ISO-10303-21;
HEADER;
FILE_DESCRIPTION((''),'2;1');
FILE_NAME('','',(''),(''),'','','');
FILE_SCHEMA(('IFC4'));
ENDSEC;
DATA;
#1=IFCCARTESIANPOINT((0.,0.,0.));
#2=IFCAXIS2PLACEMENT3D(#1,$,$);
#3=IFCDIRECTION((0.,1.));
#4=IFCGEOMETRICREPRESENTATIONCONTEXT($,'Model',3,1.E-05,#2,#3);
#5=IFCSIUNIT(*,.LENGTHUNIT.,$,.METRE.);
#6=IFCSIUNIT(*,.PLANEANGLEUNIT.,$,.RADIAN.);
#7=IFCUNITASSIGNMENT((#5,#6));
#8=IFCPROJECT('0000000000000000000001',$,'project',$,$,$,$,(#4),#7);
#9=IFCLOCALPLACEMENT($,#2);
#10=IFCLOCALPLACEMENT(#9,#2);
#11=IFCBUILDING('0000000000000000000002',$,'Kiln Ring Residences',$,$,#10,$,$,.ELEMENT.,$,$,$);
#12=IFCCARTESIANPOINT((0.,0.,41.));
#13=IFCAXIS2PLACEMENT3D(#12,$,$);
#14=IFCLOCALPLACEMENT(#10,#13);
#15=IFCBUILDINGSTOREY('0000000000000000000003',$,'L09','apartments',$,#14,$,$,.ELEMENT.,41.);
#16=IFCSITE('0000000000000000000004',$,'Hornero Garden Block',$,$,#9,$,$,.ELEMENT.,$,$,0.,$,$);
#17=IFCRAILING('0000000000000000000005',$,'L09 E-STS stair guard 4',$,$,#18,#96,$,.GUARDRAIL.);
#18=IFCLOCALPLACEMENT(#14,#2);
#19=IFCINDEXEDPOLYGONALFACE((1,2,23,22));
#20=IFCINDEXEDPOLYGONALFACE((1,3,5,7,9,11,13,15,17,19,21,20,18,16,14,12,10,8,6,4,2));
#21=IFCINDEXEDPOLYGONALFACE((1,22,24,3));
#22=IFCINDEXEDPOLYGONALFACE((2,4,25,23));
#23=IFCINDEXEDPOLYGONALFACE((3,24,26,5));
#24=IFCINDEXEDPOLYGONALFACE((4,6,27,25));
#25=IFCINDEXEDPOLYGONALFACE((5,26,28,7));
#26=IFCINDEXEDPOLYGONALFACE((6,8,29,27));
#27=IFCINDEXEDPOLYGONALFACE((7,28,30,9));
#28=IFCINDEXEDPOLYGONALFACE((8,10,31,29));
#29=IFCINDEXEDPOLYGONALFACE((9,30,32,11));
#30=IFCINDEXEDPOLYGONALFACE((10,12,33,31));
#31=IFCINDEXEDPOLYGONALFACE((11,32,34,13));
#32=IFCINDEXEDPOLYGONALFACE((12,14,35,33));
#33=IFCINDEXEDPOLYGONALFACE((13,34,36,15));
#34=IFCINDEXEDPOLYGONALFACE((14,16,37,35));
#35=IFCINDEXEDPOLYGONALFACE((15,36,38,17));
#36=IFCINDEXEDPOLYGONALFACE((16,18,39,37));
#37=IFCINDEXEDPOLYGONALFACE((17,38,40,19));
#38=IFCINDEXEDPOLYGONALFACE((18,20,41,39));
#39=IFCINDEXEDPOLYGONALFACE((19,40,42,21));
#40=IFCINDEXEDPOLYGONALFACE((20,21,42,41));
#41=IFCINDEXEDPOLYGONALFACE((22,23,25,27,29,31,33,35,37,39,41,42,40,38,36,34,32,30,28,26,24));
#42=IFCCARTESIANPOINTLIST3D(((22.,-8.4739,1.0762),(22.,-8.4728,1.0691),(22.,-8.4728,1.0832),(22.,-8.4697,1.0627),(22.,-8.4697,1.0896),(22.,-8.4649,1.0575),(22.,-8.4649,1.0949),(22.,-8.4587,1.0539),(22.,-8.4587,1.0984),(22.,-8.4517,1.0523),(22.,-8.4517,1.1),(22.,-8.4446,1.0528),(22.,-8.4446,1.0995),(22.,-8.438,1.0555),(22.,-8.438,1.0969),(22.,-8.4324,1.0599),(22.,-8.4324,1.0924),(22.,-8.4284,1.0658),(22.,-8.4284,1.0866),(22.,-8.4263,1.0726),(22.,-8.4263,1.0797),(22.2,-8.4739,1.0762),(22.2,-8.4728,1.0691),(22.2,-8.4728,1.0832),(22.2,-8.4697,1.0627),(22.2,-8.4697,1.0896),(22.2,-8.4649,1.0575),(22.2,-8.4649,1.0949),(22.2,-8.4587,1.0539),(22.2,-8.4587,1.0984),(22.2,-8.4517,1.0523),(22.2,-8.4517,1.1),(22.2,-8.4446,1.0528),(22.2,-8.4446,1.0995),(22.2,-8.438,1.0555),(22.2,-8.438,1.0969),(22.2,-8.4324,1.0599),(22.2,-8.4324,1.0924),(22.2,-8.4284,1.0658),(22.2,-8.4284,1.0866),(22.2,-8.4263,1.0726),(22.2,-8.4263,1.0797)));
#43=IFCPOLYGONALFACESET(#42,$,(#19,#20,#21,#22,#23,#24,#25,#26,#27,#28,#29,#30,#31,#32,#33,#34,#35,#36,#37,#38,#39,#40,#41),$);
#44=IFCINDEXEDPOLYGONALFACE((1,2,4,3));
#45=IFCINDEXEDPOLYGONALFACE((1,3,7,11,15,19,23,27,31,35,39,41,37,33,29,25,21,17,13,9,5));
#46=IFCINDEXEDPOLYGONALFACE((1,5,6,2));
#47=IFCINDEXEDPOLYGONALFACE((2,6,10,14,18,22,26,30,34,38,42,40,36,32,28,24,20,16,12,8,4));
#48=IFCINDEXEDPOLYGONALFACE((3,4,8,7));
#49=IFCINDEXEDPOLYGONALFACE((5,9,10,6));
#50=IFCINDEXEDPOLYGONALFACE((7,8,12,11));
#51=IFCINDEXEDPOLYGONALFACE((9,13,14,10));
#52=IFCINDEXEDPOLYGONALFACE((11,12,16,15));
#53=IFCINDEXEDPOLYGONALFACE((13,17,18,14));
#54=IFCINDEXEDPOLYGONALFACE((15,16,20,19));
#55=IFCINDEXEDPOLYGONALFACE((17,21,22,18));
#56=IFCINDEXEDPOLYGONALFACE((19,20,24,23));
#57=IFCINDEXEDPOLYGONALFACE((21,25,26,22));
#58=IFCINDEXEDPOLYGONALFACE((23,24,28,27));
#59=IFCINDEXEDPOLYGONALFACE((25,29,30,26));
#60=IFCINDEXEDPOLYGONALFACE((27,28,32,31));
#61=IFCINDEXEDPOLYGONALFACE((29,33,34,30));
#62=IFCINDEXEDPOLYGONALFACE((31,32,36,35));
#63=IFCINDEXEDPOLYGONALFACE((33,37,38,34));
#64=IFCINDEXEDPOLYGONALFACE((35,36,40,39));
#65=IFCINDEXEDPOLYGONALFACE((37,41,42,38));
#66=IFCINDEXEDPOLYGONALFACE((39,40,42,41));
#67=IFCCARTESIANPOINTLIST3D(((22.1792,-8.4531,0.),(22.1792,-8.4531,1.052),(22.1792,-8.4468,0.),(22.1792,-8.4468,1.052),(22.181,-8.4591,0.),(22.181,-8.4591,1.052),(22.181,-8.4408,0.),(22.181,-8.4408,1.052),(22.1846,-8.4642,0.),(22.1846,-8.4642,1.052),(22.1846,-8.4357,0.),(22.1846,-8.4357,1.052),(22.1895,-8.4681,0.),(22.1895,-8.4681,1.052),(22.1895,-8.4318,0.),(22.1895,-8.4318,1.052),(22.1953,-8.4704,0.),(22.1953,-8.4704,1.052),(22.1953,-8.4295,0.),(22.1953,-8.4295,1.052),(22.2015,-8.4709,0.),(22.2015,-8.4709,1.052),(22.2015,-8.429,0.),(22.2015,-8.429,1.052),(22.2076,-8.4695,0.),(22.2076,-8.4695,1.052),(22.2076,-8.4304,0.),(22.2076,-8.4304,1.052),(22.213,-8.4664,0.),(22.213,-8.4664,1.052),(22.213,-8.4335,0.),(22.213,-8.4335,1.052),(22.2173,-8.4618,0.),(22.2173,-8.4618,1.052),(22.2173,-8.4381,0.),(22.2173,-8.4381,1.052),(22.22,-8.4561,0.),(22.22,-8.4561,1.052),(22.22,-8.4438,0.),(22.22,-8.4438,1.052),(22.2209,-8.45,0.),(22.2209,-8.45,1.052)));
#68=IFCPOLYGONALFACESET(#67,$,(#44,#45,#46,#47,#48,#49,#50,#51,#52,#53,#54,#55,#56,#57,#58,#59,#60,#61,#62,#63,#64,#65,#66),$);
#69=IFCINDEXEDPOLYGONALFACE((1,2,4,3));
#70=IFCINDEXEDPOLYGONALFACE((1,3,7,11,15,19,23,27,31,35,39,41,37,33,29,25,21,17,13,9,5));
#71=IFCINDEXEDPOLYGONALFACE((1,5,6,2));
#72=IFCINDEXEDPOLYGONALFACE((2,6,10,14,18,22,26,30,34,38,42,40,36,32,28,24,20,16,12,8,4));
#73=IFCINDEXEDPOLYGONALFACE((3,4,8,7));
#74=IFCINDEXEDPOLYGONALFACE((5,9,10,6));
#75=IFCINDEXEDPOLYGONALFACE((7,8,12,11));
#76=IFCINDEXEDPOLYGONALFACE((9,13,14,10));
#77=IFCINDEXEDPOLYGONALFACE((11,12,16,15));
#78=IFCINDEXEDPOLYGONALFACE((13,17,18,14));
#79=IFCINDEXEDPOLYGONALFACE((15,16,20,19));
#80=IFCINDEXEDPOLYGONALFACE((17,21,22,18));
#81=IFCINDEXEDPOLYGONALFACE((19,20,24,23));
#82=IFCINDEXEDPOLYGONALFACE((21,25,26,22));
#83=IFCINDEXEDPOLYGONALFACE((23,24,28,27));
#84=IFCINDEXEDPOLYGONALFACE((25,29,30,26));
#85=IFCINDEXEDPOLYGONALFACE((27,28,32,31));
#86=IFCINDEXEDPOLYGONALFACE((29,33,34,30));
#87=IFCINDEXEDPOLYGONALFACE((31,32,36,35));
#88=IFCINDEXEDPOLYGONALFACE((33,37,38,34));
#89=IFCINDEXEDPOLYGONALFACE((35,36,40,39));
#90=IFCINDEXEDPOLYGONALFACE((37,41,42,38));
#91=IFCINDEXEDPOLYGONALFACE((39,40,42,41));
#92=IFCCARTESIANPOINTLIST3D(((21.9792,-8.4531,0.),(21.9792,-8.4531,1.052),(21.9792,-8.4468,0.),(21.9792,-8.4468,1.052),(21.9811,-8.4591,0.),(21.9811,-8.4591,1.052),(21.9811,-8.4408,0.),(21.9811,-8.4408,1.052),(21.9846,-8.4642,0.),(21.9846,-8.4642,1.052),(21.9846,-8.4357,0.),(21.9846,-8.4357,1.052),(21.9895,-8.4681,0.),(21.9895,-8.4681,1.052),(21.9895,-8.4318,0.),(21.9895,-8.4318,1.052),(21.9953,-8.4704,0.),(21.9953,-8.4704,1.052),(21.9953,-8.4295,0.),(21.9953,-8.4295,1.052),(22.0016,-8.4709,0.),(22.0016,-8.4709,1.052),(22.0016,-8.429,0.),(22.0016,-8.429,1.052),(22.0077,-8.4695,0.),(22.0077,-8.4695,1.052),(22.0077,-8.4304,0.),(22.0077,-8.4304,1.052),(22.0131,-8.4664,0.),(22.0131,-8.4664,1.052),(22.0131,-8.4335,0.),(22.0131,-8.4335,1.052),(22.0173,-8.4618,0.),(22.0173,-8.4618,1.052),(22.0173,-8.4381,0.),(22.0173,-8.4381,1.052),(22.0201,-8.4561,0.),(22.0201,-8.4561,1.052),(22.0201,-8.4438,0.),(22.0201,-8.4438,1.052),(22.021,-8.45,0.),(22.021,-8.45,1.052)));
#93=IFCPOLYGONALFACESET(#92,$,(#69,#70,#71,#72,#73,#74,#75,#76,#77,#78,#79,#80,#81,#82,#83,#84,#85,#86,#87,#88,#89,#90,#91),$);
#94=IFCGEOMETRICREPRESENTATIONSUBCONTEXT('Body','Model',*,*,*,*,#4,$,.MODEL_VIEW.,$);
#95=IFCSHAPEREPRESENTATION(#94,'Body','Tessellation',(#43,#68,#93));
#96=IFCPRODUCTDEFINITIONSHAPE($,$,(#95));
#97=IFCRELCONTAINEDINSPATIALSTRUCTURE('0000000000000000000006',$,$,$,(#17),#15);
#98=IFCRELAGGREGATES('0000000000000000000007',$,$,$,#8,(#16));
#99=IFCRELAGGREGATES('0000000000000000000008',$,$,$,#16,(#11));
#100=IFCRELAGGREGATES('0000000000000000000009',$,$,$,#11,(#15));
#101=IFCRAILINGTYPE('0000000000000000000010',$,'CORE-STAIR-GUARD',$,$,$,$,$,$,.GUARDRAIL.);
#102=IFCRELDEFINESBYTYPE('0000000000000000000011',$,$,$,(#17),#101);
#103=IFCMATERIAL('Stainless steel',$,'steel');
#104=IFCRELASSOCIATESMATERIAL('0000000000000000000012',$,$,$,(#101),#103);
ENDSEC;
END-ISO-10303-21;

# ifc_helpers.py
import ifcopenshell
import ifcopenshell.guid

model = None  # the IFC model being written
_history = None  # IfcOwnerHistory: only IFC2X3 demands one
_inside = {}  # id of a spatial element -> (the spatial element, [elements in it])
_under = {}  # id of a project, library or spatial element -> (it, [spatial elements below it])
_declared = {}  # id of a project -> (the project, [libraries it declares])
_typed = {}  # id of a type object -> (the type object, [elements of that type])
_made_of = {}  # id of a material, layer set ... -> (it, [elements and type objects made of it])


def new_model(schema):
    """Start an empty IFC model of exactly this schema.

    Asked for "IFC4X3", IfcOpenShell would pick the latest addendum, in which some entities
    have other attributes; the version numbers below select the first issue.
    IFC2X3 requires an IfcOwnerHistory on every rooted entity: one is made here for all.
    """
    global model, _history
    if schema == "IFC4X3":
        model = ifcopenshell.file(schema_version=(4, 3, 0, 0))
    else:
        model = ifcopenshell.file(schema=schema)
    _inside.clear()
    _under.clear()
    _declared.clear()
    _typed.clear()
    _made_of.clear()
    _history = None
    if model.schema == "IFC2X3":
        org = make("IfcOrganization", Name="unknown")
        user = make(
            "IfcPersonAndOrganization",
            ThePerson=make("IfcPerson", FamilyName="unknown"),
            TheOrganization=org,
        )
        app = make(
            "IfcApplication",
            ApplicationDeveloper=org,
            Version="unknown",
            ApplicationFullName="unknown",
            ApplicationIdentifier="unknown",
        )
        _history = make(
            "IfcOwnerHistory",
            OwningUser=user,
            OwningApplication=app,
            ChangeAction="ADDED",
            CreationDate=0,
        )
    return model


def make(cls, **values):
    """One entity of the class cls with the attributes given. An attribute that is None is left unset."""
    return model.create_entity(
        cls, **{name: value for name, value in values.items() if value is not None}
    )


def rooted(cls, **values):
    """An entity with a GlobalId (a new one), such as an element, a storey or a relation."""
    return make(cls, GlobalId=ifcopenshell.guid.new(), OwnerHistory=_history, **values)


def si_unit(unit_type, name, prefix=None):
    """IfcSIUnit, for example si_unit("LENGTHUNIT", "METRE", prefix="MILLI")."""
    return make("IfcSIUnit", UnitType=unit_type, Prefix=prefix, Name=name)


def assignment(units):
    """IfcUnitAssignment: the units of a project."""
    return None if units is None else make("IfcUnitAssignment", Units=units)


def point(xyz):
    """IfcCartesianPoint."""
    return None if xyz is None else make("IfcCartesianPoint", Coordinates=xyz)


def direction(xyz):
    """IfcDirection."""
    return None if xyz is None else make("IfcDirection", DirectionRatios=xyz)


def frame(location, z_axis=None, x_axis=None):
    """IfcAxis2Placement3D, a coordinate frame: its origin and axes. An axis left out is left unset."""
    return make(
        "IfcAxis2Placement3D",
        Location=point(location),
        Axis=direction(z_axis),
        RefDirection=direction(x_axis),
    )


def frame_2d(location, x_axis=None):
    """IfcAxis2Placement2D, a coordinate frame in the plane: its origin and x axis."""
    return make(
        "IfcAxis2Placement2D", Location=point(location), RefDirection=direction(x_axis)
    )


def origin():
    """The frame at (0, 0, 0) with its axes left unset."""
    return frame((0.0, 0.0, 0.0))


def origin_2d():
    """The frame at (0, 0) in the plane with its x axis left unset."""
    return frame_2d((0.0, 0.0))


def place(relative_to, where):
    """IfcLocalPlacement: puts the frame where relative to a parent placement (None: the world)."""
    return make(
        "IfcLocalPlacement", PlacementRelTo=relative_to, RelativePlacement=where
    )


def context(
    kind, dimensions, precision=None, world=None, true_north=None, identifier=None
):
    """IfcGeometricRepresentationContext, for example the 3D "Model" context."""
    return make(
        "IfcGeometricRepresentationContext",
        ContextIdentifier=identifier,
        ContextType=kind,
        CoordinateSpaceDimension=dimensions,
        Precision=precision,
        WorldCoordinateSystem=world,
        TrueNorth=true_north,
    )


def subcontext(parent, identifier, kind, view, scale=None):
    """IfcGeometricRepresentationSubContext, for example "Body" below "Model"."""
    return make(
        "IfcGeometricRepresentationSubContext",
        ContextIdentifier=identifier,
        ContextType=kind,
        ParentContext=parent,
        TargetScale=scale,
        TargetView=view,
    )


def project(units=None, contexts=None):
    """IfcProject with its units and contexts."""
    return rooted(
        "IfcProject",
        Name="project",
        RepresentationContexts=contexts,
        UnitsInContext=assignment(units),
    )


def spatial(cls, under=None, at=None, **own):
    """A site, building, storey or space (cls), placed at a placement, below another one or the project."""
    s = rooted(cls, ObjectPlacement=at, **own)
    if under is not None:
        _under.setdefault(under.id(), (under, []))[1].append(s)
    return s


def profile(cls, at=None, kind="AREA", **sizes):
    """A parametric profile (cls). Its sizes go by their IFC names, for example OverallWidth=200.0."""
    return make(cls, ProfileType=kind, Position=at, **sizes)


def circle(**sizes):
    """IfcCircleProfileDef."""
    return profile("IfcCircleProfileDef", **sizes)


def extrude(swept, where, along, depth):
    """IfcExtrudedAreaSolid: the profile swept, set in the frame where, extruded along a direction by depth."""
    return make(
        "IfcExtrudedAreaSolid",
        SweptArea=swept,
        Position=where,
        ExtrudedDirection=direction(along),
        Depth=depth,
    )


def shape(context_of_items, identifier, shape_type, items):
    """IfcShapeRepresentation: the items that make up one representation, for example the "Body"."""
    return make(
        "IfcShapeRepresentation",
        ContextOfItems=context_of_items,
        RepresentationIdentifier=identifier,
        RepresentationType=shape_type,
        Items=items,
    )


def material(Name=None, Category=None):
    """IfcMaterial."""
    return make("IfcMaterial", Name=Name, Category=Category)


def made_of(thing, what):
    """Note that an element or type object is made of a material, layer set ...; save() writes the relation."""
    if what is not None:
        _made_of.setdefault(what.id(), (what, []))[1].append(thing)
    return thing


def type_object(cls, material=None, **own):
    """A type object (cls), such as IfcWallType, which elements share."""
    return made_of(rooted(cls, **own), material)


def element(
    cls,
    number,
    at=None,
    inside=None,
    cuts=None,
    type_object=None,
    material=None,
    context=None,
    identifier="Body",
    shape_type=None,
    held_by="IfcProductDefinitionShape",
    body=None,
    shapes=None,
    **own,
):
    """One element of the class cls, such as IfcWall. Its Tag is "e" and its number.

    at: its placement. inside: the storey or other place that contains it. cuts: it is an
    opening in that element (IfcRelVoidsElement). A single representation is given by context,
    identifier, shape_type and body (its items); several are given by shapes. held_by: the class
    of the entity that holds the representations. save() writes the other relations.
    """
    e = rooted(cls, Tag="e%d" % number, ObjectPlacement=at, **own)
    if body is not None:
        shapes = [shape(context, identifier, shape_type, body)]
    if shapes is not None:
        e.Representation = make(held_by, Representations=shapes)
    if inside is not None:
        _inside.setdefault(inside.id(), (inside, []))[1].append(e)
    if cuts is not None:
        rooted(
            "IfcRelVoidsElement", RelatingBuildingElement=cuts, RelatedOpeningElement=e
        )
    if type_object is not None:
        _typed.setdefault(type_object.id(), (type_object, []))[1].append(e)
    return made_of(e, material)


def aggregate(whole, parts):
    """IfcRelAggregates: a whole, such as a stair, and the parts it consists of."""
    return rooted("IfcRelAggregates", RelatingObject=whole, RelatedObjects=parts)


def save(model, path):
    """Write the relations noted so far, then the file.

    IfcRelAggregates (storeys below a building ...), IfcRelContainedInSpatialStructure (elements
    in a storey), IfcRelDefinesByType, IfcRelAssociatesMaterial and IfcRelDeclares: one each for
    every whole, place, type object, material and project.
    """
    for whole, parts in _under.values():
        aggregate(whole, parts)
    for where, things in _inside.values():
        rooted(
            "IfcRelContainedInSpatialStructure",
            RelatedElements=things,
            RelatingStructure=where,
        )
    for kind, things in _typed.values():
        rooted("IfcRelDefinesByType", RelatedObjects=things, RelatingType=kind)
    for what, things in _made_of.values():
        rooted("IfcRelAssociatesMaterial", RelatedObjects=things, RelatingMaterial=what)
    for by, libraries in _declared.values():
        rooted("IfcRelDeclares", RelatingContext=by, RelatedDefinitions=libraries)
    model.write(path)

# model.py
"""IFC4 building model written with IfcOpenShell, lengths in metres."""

from ifc_helpers import new_model, si_unit, direction, frame, origin, origin_2d, place, context, subcontext, project, spatial, circle, extrude, material, type_object, element, save


model = new_model("IFC4")

# Units and contexts
model_context = context("Model", 3, precision=1e-05, world=origin(), true_north=direction((0.0, 1.0)))
body_context = subcontext(model_context, "Body", "Model", "MODEL_VIEW")
ifc_project = project(units=[si_unit("LENGTHUNIT", "METRE"), si_unit("PLANEANGLEUNIT", "RADIAN")], contexts=[model_context])

# Site, building, storey
site_placement = place(None, origin())
site = spatial("IfcSite", under=ifc_project, at=site_placement, Name="Hornero Garden Block", CompositionType="ELEMENT", RefElevation=0.0)
building_placement = place(site_placement, origin())
building = spatial("IfcBuilding", under=site, at=building_placement, Name="Kiln Ring Residences", CompositionType="ELEMENT")
storey_placement = place(building_placement, frame((0.0, 0.0, 41.0)))
storey = spatial("IfcBuildingStorey", under=building, at=storey_placement, Name="L09", Description="apartments", CompositionType="ELEMENT", Elevation=41.0)

# Railing
ifc_material_1 = material(Name="Stainless steel", Category="steel")
railing_type_1 = type_object("IfcRailingType", Name="CORE-STAIR-GUARD", PredefinedType="GUARDRAIL", material=ifc_material_1)
railing_1_placement = place(storey_placement, frame((22.2, -8.45, 0.0)))
element("IfcRailing", 1, at=railing_1_placement, inside=storey, type_object=railing_type_1, Name="L09 E-STS stair guard 4", PredefinedType="GUARDRAIL", context=body_context, shape_type="SweptSolid", body=[
    extrude(circle(Radius=0.0239, at=origin_2d()), frame((0.0, 0.0, 1.0762), z_axis=(-1.0, 0.0, 0.0), x_axis=(0.0, -1.0, 0.0)), (0.0, 0.0, 1.0), 0.2),
    extrude(circle(Radius=0.021, at=origin_2d()), origin(), (0.0, 0.0, 1.0), 1.052),
    extrude(circle(Radius=0.021, at=origin_2d()), frame((-0.2, 0.0, 0.0)), (0.0, 0.0, 1.0), 1.052),
])

save(model, "model.ifc")
